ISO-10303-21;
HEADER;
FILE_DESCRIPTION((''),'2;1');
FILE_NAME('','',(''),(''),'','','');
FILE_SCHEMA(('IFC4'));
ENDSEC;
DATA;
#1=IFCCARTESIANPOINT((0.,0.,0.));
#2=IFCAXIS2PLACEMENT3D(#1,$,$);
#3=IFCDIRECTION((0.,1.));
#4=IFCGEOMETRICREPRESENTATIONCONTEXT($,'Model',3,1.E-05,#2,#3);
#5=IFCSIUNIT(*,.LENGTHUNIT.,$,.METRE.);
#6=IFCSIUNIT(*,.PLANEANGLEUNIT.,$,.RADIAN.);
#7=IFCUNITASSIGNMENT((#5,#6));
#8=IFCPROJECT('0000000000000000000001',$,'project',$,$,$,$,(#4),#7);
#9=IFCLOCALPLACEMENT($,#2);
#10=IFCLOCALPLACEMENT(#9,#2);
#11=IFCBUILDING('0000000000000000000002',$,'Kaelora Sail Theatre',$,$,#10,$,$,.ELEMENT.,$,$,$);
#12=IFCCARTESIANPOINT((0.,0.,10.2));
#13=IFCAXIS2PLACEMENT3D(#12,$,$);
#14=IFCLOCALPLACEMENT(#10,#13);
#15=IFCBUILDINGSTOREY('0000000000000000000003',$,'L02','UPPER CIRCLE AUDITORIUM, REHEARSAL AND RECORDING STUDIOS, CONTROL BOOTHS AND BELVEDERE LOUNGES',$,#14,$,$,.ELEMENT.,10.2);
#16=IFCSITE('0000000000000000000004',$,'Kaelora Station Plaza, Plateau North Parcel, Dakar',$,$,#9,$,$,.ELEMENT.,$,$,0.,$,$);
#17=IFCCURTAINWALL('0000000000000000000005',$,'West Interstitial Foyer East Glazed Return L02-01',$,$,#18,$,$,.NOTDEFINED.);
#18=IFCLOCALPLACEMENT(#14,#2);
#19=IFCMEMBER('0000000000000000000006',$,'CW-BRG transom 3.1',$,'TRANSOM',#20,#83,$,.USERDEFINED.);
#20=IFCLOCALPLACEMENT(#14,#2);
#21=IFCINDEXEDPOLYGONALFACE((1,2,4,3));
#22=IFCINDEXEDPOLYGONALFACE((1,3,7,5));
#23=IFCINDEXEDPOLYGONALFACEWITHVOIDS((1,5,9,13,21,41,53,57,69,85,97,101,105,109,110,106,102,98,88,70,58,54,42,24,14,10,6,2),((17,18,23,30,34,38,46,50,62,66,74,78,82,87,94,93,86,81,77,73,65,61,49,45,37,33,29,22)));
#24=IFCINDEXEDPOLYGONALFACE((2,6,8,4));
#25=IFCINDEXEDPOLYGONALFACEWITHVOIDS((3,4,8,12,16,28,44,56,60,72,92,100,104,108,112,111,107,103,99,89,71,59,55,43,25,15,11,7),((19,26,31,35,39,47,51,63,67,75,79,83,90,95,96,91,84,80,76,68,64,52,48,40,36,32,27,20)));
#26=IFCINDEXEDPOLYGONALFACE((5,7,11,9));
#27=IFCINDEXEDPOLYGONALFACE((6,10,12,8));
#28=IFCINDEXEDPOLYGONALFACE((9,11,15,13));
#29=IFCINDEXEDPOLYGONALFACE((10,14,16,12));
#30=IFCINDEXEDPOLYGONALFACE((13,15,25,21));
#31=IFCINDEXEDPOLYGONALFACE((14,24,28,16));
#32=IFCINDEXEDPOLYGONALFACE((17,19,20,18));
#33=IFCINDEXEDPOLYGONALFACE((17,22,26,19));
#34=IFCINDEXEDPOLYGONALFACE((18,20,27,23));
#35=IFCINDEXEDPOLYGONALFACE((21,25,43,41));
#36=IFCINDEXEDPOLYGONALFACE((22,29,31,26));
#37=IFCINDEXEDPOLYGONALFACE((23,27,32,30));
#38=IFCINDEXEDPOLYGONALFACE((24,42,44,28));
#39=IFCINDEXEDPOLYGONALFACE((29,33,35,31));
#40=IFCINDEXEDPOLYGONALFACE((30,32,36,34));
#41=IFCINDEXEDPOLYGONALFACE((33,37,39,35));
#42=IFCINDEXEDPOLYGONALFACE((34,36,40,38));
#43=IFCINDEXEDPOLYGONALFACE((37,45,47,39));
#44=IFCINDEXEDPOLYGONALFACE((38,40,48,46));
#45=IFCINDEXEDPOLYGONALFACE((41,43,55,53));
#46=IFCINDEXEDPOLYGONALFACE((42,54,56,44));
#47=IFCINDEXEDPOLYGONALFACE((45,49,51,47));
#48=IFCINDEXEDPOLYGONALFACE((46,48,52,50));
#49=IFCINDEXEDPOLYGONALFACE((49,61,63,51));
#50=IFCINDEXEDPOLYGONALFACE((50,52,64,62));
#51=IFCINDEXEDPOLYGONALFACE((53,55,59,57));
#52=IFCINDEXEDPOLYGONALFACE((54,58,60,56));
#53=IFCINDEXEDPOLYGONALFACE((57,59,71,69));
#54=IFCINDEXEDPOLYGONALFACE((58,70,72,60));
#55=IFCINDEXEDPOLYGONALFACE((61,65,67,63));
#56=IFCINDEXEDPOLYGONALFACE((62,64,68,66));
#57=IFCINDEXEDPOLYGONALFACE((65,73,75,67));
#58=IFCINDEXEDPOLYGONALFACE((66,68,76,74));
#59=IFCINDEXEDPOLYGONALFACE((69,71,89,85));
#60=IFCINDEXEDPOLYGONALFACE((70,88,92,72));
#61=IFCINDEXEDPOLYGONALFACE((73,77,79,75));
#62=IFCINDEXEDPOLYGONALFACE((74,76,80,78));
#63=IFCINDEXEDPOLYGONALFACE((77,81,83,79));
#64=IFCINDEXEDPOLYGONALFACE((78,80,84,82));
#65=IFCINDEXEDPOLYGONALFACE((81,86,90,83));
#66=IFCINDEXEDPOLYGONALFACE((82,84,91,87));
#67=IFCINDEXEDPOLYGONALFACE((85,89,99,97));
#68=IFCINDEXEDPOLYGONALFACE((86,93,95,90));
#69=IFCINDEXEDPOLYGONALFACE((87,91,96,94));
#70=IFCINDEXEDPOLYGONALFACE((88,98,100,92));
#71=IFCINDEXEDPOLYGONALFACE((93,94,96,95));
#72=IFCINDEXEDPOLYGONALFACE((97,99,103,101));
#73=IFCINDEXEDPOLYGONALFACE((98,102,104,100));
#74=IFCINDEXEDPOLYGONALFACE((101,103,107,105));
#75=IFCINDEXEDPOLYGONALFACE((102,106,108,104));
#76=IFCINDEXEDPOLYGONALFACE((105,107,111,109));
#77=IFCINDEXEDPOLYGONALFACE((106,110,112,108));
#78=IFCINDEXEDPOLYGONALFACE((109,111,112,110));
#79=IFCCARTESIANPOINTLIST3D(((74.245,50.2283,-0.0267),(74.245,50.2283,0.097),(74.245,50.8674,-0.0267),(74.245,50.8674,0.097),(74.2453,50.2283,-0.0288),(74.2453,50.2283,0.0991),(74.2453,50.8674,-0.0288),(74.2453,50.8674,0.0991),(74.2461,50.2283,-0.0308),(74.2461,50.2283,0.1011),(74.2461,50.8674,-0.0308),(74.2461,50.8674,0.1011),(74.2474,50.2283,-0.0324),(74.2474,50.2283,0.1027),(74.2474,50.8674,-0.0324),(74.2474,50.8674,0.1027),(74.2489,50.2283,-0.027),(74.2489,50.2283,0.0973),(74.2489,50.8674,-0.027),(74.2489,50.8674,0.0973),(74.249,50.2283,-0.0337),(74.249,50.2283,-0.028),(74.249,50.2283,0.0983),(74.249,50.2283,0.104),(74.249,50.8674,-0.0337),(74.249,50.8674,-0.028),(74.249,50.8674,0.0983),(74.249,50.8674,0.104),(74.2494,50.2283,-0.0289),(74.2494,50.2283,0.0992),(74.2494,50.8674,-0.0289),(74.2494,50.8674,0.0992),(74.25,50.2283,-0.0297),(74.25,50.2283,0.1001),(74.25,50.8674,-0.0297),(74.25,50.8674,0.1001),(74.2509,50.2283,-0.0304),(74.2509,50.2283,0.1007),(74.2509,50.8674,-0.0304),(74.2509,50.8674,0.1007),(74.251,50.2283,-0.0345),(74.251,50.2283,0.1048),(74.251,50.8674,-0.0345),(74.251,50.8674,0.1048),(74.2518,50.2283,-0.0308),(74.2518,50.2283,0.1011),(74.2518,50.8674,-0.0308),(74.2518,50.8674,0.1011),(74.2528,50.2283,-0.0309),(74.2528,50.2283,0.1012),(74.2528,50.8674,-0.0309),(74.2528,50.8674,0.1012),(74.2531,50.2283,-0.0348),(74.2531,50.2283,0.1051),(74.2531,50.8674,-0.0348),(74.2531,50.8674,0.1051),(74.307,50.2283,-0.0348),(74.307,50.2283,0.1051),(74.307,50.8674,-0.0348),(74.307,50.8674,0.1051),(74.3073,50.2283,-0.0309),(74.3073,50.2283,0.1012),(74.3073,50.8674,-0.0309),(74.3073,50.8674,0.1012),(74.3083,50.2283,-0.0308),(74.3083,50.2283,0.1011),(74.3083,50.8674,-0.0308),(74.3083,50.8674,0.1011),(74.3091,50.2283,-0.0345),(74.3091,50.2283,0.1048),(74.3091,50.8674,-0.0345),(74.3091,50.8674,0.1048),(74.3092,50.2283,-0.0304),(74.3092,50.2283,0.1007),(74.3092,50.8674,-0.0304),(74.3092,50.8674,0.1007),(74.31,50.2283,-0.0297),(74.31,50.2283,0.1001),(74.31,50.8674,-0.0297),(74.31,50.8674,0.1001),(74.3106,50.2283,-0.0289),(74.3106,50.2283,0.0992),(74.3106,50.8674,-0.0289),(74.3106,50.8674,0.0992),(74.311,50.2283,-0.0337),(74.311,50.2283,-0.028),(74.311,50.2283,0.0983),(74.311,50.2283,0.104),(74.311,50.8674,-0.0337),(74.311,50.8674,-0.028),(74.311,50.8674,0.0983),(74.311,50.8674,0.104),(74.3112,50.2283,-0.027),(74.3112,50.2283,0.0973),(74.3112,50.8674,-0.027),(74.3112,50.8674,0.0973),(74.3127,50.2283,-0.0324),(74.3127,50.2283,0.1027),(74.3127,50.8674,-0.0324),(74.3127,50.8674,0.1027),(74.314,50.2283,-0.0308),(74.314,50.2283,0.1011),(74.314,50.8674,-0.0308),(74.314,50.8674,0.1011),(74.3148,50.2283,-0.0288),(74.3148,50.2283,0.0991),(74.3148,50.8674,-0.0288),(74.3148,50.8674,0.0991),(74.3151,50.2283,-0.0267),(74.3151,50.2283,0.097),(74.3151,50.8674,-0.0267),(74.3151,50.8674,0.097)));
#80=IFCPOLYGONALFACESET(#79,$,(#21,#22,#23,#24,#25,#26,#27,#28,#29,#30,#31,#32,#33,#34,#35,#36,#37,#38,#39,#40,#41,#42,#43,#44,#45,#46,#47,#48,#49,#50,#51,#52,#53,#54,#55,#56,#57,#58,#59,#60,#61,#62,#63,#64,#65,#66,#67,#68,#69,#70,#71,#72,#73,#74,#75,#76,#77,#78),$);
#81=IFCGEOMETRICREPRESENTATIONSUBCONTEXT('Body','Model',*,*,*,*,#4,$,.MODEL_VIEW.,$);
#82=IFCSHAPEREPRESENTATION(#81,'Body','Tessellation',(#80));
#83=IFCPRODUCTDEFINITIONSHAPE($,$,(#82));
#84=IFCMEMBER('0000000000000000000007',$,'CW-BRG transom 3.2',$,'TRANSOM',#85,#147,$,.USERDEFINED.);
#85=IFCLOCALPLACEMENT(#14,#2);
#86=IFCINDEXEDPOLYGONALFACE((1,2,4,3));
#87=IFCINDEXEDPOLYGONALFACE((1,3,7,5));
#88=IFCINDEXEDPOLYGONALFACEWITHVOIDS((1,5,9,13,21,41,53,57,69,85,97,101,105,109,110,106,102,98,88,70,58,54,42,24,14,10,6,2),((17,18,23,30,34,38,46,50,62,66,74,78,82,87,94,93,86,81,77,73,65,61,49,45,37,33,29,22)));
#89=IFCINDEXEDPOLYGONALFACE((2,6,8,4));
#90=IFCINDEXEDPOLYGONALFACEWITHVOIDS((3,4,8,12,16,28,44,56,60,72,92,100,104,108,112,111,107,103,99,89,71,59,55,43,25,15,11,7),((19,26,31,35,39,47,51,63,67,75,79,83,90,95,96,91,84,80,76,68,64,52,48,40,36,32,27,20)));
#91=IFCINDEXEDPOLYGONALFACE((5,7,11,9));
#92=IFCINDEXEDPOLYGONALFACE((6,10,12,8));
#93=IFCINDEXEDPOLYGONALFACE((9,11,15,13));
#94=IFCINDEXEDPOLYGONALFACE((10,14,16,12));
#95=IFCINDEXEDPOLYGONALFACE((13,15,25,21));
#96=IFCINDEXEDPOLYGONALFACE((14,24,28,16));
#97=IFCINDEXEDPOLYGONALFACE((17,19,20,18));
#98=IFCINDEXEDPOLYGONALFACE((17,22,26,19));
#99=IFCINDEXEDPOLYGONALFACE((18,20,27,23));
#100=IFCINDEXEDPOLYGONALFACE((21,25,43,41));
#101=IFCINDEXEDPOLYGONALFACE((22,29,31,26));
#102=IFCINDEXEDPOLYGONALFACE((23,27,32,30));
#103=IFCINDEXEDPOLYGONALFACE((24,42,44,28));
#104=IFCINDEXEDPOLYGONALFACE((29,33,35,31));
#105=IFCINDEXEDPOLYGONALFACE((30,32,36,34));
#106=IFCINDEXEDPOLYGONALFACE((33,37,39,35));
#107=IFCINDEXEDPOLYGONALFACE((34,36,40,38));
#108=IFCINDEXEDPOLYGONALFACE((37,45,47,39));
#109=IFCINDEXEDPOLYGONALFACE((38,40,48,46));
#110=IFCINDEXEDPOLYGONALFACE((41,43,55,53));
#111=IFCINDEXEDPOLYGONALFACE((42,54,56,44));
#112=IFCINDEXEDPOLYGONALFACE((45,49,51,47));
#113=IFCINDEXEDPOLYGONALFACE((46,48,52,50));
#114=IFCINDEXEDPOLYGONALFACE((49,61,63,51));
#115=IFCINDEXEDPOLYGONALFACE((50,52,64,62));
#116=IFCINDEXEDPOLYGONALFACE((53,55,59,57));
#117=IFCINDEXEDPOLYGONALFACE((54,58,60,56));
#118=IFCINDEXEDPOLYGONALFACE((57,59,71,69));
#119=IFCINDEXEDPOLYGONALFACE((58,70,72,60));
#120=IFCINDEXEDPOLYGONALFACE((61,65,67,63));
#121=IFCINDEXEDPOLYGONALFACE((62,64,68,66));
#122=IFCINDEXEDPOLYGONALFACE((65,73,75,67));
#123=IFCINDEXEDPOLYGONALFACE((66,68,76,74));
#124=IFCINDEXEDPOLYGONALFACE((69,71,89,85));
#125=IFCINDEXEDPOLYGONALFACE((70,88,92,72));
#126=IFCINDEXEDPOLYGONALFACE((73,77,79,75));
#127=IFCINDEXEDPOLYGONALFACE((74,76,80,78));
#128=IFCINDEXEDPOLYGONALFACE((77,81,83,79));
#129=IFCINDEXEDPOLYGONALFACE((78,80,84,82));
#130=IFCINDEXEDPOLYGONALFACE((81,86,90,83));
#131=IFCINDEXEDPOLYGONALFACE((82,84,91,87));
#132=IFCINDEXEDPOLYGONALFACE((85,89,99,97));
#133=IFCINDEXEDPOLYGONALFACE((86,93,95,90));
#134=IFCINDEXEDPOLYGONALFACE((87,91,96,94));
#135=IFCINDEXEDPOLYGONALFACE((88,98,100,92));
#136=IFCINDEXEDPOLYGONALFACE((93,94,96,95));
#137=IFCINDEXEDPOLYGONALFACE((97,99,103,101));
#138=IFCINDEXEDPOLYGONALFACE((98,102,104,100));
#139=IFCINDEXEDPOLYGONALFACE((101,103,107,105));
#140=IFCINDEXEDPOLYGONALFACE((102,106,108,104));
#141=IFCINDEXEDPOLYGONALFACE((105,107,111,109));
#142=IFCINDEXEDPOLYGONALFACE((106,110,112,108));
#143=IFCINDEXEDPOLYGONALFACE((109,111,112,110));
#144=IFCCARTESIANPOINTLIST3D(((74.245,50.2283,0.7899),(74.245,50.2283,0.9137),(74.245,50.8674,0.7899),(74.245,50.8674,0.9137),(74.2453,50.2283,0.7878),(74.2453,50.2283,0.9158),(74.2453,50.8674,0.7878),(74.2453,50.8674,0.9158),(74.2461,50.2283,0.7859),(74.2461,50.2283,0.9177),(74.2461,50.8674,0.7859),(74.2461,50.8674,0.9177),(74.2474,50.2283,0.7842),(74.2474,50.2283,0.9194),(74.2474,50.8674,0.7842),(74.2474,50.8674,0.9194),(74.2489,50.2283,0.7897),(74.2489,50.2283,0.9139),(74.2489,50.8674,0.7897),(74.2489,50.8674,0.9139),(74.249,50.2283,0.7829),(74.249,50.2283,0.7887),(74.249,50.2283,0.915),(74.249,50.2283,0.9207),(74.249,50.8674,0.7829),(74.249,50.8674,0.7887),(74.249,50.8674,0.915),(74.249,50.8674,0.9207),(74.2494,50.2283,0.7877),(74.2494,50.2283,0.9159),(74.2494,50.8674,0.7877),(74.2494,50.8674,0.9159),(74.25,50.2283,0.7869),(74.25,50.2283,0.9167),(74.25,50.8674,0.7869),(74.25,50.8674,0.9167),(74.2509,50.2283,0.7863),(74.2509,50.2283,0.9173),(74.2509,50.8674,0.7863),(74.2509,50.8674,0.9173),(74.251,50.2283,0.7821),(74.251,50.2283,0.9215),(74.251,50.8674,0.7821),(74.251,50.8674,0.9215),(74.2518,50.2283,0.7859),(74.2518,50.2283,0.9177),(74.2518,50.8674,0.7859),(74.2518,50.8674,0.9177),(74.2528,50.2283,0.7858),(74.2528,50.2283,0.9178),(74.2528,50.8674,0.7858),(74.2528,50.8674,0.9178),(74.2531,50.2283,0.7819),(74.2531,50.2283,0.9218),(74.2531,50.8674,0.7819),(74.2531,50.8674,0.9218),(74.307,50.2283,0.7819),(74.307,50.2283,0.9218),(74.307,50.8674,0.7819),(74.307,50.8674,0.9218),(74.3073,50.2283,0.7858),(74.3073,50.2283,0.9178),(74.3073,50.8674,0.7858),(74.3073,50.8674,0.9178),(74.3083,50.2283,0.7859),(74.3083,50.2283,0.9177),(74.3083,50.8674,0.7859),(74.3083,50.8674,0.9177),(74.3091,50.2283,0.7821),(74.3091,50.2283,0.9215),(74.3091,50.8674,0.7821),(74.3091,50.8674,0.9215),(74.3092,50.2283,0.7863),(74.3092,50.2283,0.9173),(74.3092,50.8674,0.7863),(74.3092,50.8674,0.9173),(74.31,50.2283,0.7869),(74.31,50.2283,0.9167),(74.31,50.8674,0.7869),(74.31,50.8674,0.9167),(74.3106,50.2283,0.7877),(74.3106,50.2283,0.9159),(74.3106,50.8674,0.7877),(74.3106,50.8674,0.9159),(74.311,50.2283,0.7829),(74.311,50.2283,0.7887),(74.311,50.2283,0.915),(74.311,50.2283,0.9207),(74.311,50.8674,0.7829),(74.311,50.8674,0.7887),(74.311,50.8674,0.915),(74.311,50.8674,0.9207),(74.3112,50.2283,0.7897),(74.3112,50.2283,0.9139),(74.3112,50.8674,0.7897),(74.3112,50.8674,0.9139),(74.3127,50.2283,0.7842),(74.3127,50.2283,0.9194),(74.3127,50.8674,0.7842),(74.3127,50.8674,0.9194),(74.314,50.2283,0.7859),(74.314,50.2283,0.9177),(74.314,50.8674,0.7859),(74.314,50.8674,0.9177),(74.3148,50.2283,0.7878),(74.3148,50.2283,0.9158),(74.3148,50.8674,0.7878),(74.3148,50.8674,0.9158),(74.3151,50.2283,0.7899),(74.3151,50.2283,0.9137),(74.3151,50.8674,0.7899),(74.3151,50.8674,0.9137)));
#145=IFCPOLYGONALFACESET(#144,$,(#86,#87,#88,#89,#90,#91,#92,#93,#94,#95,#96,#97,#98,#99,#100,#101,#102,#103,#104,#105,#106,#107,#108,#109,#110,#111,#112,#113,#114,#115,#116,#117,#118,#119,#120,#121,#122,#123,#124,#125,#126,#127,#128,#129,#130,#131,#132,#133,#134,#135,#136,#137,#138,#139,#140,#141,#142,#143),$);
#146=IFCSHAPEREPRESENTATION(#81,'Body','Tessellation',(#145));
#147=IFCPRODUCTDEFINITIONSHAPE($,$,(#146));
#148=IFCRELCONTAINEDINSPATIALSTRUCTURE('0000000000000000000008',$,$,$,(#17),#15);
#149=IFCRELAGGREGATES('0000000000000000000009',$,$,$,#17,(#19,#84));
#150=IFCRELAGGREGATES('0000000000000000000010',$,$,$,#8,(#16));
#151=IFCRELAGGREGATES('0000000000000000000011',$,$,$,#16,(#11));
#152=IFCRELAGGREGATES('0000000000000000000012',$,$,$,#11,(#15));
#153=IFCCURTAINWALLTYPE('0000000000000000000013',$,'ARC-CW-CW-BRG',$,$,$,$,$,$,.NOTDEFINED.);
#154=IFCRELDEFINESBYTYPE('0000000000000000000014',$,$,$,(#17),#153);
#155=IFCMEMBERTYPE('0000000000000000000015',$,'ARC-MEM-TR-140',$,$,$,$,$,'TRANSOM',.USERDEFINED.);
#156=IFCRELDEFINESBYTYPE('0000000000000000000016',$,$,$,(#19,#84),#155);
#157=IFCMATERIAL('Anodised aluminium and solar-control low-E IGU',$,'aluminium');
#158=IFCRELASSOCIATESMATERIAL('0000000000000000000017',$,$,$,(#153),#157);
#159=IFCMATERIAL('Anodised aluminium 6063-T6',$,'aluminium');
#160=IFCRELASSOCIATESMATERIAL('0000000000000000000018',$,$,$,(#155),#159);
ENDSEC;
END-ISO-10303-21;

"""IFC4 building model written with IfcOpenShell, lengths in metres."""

from ifc_helpers import new_model, si_unit, direction, frame, origin, origin_2d, place, context, subcontext, project, spatial, hollow_rectangle, extrude, material, material_profile, profile_set, type_object, element, aggregate, save


model = new_model("IFC4")

# Units and contexts
model_context = context("Model", 3, precision=1e-05, world=origin(), true_north=direction((0.0, 1.0)))
body_context = subcontext(model_context, "Body", "Model", "MODEL_VIEW")
ifc_project = project(units=[si_unit("LENGTHUNIT", "METRE"), si_unit("PLANEANGLEUNIT", "RADIAN")], contexts=[model_context])

# Site, building, storey
site_placement = place(None, origin())
site = spatial("IfcSite", under=ifc_project, at=site_placement, Name="Kaelora Station Plaza, Plateau North Parcel, Dakar", CompositionType="ELEMENT", RefElevation=0.0)
building_placement = place(site_placement, origin())
building = spatial("IfcBuilding", under=site, at=building_placement, Name="Kaelora Sail Theatre", CompositionType="ELEMENT")
storey_placement = place(building_placement, frame((0.0, 0.0, 10.2)))
storey = spatial("IfcBuildingStorey", under=building, at=storey_placement, Name="L02", Description="UPPER CIRCLE AUDITORIUM, REHEARSAL AND RECORDING STUDIOS, CONTROL BOOTHS AND BELVEDERE LOUNGES", CompositionType="ELEMENT", Elevation=10.2)

# Shared definitions
ifc_material_1 = material(Name="Anodised aluminium and solar-control low-E IGU", Category="aluminium")
curtain_wall_type = type_object("IfcCurtainWallType", Name="ARC-CW-CW-BRG", PredefinedType="NOTDEFINED", material=ifc_material_1)

# Curtain wall
curtain_wall_1_placement = place(storey_placement, origin())
curtain_wall_1 = element("IfcCurtainWall", 1, at=curtain_wall_1_placement, inside=storey, type_object=curtain_wall_type, Name="West Interstitial Foyer East Glazed Return L02-01", PredefinedType="NOTDEFINED")

# Members
ifc_material_2 = material(Name="Anodised aluminium 6063-T6", Category="aluminium")
ifc_material_profile_1 = material_profile(ifc_material_2, hollow_rectangle(XDim=0.0701, YDim=0.1399, WallThickness=0.0039, InnerFilletRadius=0.0039, OuterFilletRadius=0.0081, at=origin_2d()), Name="ALU-TRAN 70x140x4")
ifc_profile_set_1 = profile_set([ifc_material_profile_1], Name="Anodised aluminium 6063-T6")
member_type_1 = type_object("IfcMemberType", Name="ARC-MEM-TR-140", ElementType="TRANSOM", PredefinedType="USERDEFINED", material=ifc_profile_set_1)
member_1_placement = place(storey_placement, frame((74.28, 50.2283, 0.0352), z_axis=(0.0, 1.0, 0.0), x_axis=(-1.0, 0.0, 0.0)))
member_1 = element("IfcMember", 2, at=member_1_placement, type_object=member_type_1, Name="CW-BRG transom 3.1", ObjectType="TRANSOM", PredefinedType="USERDEFINED", context=body_context, shape_type="SweptSolid", body=[
    extrude(hollow_rectangle(XDim=0.0701, YDim=0.1399, WallThickness=0.0039, InnerFilletRadius=0.0039, OuterFilletRadius=0.0081, at=origin_2d()), origin(), (0.0, 0.0, 1.0), 0.6392),
])
member_2_placement = place(storey_placement, frame((74.28, 50.2283, 0.8518), z_axis=(0.0, 1.0, 0.0), x_axis=(-1.0, 0.0, 0.0)))
member_2 = element("IfcMember", 3, at=member_2_placement, type_object=member_type_1, Name="CW-BRG transom 3.2", ObjectType="TRANSOM", PredefinedType="USERDEFINED", context=body_context, shape_type="SweptSolid", body=[
    extrude(hollow_rectangle(XDim=0.0701, YDim=0.1399, WallThickness=0.0039, InnerFilletRadius=0.0039, OuterFilletRadius=0.0081, at=origin_2d()), origin(), (0.0, 0.0, 1.0), 0.6392),
])

aggregate(curtain_wall_1, [member_1, member_2])

save(model, "model.ifc")
